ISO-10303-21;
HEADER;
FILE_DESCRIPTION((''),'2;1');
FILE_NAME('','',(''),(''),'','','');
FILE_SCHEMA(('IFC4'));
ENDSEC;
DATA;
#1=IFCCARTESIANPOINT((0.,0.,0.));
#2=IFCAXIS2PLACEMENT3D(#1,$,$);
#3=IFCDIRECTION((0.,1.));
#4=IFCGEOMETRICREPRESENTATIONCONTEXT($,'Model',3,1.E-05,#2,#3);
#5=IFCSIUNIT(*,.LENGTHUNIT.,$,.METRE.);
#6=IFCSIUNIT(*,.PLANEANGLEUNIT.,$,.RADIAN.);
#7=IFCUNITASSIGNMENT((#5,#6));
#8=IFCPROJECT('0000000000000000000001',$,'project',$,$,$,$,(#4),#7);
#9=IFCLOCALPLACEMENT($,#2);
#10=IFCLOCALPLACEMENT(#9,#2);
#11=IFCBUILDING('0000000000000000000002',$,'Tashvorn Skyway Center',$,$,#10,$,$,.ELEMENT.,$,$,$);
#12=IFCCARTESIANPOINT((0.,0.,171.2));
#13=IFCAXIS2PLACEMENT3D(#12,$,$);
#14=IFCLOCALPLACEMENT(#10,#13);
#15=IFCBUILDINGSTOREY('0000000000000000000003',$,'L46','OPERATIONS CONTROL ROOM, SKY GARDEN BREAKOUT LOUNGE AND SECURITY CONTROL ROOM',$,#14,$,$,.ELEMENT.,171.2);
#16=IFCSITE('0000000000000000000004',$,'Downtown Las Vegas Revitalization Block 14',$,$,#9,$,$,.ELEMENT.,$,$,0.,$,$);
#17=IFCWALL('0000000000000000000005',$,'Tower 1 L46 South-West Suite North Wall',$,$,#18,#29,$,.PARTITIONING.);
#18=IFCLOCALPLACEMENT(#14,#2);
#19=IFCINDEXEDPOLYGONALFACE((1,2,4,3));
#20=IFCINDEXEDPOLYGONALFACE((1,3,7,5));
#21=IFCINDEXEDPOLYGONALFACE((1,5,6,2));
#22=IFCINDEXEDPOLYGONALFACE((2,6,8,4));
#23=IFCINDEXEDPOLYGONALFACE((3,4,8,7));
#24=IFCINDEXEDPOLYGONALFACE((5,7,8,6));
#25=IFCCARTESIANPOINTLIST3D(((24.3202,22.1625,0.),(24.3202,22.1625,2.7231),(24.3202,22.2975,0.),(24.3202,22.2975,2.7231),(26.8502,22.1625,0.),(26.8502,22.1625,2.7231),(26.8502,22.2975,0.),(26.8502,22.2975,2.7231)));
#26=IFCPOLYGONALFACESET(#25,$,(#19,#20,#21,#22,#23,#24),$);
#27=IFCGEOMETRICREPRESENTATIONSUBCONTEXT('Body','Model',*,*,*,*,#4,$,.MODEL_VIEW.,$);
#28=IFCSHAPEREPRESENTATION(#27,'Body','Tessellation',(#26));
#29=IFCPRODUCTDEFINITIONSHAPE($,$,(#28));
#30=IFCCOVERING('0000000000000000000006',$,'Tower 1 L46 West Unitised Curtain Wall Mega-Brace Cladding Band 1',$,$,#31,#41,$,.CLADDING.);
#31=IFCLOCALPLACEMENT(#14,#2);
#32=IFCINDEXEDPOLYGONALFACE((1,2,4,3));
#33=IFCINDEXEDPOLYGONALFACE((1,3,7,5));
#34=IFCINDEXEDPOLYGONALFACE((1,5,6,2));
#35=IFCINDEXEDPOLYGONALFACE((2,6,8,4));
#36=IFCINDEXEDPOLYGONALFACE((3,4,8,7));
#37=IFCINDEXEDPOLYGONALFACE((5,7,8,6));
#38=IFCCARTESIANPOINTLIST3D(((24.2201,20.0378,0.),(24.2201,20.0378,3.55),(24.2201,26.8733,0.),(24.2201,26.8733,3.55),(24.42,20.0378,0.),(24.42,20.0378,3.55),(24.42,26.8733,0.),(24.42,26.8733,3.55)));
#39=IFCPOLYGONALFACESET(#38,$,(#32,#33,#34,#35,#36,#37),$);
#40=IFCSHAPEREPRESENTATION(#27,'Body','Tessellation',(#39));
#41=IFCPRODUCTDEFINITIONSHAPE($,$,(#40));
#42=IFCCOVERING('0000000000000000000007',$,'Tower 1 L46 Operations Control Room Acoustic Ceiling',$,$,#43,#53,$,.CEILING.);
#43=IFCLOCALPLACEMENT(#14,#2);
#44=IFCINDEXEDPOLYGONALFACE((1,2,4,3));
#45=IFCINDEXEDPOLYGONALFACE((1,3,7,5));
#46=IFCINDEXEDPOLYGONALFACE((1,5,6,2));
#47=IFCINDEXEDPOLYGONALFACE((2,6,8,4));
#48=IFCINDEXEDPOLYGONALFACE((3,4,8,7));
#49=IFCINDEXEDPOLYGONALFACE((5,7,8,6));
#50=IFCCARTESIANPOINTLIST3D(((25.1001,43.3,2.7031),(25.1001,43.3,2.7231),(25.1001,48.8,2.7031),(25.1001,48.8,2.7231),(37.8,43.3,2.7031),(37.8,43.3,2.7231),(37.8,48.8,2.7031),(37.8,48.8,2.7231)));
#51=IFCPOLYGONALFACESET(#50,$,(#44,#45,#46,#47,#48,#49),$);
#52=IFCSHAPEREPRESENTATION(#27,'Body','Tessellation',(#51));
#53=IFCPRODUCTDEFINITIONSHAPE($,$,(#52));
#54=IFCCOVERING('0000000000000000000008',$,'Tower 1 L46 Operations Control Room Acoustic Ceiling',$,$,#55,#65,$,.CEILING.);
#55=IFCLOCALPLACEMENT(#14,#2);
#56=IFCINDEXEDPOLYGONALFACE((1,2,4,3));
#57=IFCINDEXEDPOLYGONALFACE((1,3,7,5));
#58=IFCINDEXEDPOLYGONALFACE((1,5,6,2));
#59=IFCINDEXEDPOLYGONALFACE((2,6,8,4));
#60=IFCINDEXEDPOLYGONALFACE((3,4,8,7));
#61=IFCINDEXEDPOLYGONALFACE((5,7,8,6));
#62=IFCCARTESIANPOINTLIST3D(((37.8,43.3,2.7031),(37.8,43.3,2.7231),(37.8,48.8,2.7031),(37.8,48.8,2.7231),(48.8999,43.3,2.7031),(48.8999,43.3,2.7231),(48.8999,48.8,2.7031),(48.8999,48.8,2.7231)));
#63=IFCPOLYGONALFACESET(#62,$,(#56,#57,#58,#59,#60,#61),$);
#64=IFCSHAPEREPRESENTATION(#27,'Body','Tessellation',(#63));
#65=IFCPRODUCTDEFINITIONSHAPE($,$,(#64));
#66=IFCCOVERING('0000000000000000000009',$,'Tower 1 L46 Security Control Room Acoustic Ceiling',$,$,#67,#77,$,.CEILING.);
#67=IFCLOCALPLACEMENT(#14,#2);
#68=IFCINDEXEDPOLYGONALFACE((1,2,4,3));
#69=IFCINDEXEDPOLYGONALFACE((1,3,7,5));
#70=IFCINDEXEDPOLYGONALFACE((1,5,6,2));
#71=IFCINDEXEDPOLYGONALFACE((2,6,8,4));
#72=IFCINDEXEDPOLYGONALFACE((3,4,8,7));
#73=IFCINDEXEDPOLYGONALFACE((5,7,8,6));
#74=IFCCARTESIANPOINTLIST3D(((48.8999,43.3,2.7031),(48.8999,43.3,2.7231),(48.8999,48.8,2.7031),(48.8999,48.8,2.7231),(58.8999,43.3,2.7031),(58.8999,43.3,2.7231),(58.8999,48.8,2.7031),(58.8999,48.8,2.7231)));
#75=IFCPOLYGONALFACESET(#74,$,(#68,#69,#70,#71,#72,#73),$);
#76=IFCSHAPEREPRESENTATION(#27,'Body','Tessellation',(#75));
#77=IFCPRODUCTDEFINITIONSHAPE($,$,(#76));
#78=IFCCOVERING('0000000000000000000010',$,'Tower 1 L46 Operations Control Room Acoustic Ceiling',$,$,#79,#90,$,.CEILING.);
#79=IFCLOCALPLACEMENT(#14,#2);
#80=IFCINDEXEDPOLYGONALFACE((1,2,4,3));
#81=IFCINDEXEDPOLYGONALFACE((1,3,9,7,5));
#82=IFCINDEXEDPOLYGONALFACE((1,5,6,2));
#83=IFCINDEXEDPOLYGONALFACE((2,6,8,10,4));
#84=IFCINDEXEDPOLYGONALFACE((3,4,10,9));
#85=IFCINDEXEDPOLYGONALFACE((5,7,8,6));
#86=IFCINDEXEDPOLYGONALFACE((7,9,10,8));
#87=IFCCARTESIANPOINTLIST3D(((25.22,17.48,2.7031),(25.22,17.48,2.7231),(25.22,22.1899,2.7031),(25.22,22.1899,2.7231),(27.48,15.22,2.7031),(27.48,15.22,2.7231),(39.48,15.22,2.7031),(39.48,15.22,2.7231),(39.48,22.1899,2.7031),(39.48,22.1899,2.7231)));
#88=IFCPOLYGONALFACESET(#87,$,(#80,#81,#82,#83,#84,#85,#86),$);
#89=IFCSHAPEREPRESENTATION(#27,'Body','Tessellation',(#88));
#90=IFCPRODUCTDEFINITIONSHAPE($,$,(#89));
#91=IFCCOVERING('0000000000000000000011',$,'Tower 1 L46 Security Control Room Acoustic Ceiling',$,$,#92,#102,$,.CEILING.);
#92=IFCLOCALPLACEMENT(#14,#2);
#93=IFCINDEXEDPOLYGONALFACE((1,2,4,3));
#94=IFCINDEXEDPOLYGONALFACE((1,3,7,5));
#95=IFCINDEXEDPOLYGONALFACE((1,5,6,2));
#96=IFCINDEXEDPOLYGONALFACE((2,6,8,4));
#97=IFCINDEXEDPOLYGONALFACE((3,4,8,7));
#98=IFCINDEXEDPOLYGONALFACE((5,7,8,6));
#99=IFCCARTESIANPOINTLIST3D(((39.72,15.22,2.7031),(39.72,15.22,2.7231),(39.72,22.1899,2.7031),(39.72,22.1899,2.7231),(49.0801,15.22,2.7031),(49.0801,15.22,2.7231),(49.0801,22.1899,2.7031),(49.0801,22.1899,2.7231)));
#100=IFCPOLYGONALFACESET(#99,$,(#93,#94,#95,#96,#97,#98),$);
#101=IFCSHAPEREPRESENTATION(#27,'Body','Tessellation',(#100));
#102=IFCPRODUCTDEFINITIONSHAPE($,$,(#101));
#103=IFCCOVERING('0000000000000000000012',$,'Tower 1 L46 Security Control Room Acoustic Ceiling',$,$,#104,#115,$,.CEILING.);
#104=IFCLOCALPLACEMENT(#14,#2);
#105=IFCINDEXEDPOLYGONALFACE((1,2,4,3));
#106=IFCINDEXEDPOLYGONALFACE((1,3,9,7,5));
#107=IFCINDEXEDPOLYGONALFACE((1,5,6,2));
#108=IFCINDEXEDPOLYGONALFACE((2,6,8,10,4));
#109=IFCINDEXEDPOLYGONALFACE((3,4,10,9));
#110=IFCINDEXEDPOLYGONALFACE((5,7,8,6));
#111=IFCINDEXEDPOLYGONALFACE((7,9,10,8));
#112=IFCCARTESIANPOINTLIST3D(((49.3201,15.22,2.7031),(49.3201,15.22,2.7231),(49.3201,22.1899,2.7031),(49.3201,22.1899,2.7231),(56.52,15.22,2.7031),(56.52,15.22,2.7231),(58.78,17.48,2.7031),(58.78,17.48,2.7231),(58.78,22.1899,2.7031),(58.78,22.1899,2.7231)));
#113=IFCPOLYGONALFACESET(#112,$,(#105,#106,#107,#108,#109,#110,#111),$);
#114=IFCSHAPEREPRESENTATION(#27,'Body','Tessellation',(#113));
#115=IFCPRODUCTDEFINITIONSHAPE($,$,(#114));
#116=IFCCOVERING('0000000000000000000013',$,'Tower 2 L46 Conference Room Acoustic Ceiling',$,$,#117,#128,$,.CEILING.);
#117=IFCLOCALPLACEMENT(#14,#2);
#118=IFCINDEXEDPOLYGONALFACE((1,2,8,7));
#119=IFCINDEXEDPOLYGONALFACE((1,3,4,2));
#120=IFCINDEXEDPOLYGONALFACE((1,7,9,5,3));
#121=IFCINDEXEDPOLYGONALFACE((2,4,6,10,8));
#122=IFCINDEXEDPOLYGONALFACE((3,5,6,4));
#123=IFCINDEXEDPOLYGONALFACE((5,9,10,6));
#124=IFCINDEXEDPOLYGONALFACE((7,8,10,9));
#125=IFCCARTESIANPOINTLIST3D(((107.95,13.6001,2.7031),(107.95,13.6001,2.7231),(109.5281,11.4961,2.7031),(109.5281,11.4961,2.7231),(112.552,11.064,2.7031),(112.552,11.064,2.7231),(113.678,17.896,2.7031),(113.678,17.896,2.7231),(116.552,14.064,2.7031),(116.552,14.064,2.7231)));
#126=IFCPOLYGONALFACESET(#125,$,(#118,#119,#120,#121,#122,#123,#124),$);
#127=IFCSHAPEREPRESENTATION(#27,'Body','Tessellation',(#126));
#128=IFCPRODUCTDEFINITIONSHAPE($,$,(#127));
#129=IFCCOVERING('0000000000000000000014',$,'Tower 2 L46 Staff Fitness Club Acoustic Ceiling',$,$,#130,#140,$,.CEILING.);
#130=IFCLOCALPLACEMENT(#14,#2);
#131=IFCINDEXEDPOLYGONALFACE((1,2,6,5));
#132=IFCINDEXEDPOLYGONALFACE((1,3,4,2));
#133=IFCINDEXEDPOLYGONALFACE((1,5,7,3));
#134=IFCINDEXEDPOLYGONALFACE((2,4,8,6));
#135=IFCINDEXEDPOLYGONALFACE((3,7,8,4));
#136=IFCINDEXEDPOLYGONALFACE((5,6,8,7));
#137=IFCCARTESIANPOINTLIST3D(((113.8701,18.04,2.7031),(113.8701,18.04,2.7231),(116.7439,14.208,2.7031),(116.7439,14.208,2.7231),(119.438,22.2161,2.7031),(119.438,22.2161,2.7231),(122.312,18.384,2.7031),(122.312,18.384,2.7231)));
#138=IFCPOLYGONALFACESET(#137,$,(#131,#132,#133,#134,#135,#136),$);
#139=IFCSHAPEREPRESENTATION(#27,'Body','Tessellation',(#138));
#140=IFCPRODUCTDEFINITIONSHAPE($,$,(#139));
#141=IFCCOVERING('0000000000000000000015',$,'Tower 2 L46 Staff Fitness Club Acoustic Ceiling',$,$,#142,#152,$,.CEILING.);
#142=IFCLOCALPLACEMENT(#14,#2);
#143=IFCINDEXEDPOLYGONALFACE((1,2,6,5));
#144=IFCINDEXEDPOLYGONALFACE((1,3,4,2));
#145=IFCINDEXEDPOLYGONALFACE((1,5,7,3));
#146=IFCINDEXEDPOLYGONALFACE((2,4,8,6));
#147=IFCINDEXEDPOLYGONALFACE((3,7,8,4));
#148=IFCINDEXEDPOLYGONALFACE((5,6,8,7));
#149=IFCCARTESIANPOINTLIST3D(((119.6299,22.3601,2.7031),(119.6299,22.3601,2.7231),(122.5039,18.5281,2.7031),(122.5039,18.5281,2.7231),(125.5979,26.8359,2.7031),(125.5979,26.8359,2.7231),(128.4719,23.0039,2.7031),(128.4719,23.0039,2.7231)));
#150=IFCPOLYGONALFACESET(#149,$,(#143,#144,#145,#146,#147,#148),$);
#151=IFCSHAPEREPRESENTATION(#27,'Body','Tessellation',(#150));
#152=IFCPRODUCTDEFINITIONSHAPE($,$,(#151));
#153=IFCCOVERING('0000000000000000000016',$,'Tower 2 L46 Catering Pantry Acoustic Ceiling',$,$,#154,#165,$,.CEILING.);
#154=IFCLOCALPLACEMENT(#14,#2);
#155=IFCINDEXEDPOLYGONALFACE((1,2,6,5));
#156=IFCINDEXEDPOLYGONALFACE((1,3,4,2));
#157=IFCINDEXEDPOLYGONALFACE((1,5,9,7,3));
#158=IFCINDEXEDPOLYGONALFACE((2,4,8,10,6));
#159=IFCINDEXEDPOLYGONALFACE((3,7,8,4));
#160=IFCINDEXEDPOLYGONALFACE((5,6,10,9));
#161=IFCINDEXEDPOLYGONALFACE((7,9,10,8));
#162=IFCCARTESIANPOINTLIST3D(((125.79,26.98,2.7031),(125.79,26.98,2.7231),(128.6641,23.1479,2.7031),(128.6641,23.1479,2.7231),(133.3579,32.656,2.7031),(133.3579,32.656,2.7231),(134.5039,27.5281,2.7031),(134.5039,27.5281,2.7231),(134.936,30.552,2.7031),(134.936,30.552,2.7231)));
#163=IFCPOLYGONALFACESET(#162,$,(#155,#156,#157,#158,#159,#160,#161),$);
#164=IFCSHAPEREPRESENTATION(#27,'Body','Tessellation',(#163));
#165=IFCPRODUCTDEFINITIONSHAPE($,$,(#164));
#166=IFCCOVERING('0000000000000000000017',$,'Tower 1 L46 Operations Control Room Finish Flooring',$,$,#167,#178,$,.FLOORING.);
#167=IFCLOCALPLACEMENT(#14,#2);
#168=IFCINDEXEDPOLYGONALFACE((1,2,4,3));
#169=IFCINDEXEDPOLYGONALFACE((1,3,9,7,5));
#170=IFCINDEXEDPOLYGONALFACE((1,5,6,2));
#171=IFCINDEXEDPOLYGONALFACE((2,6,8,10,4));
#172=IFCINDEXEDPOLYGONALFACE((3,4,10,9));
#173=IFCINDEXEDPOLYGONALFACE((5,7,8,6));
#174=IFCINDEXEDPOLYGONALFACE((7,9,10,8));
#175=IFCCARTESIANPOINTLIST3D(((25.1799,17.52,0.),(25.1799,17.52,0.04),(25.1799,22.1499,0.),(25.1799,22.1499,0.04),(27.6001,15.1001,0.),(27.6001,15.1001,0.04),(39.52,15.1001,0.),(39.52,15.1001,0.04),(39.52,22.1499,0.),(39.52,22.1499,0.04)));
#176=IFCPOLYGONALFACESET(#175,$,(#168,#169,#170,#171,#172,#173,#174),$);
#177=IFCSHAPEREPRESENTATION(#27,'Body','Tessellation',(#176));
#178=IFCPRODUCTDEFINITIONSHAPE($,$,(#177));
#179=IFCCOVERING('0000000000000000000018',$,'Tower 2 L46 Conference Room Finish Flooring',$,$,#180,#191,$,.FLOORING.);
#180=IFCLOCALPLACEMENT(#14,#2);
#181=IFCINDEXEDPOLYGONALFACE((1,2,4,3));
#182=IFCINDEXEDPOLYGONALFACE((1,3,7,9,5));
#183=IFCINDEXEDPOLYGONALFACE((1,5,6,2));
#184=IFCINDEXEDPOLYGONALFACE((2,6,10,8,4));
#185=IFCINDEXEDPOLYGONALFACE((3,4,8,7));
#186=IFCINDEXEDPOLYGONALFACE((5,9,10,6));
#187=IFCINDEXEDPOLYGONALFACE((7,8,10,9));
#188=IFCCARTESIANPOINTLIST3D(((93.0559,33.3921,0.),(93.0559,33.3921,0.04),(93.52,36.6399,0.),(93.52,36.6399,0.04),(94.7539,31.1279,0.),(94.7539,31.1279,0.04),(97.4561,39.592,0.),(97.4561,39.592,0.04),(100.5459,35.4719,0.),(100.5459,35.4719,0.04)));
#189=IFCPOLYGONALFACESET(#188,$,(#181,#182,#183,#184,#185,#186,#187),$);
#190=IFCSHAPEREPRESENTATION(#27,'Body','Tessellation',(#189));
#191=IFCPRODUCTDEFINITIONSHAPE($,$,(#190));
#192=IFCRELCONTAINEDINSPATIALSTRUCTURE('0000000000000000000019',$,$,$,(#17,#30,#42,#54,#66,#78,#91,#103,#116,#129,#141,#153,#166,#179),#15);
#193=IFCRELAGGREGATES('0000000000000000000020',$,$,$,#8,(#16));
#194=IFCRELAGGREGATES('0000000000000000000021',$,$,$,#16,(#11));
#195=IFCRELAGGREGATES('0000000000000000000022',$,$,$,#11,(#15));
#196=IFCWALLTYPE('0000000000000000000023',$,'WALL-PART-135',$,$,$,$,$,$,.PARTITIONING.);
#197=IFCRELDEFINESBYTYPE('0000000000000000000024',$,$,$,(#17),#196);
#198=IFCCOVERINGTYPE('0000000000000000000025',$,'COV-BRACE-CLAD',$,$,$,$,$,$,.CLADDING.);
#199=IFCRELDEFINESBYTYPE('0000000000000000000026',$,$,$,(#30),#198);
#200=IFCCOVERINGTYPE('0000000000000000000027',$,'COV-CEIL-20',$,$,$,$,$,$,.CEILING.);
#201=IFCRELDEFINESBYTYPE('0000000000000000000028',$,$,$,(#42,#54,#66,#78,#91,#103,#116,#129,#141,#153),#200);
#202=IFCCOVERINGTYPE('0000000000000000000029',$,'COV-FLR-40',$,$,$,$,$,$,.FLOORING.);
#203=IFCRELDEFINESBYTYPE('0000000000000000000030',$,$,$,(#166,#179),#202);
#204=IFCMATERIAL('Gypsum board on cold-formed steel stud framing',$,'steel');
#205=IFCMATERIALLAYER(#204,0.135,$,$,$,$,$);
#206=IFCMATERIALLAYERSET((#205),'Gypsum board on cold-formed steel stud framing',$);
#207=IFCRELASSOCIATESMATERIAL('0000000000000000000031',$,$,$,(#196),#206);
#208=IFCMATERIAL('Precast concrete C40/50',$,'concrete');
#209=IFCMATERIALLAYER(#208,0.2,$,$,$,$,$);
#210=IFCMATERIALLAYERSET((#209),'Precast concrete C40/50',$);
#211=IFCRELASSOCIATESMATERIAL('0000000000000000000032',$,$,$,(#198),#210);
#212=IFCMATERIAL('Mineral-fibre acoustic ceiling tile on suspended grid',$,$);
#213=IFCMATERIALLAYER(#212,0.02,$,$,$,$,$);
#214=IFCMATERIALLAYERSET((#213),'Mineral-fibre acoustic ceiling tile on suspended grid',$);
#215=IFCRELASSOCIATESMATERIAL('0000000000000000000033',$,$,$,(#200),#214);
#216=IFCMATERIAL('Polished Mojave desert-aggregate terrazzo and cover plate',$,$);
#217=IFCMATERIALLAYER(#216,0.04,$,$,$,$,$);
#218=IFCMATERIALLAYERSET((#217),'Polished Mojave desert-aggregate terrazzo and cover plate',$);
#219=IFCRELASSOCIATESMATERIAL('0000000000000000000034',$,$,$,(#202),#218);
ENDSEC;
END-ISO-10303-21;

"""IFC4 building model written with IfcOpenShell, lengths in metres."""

from ifc_helpers import new_model, si_unit, direction, frame, frame_2d, origin, origin_2d, place, context, subcontext, project, spatial, polyline, rectangle, outline, extrude, material, layer, layer_set, type_object, element, save


model = new_model("IFC4")

# Units and contexts
model_context = context("Model", 3, precision=1e-05, world=origin(), true_north=direction((0.0, 1.0)))
body_context = subcontext(model_context, "Body", "Model", "MODEL_VIEW")
ifc_project = project(units=[si_unit("LENGTHUNIT", "METRE"), si_unit("PLANEANGLEUNIT", "RADIAN")], contexts=[model_context])

# Site, building, storey
site_placement = place(None, origin())
site = spatial("IfcSite", under=ifc_project, at=site_placement, Name="Downtown Las Vegas Revitalization Block 14", CompositionType="ELEMENT", RefElevation=0.0)
building_placement = place(site_placement, origin())
building = spatial("IfcBuilding", under=site, at=building_placement, Name="Tashvorn Skyway Center", CompositionType="ELEMENT")
storey_placement = place(building_placement, frame((0.0, 0.0, 171.2)))
storey = spatial("IfcBuildingStorey", under=building, at=storey_placement, Name="L46", Description="OPERATIONS CONTROL ROOM, SKY GARDEN BREAKOUT LOUNGE AND SECURITY CONTROL ROOM", CompositionType="ELEMENT", Elevation=171.2)

# Wall
ifc_material_1 = material(Name="Gypsum board on cold-formed steel stud framing", Category="steel")
ifc_layer_1 = layer(ifc_material_1, 0.135)
ifc_layer_set_1 = layer_set([ifc_layer_1], Name="Gypsum board on cold-formed steel stud framing")
wall_type = type_object("IfcWallType", Name="WALL-PART-135", PredefinedType="PARTITIONING", material=ifc_layer_set_1)
wall_placement = place(storey_placement, frame((24.3201, 22.23, 0.0), z_axis=(0.0, 0.0, 1.0), x_axis=(1.0, 0.0, 0.0)))
element("IfcWall", 1, at=wall_placement, inside=storey, type_object=wall_type, Name="Tower 1 L46 South-West Suite North Wall", PredefinedType="PARTITIONING", context=body_context, shape_type="SweptSolid", body=[
    extrude(rectangle(XDim=2.53, YDim=0.135, at=frame_2d((1.2651, 0.0))), origin(), (0.0, 0.0, 1.0), 2.7231),
])

# Coverings
ifc_material_2 = material(Name="Precast concrete C40/50", Category="concrete")
ifc_layer_2 = layer(ifc_material_2, 0.2)
ifc_layer_set_2 = layer_set([ifc_layer_2], Name="Precast concrete C40/50")
covering_type_1 = type_object("IfcCoveringType", Name="COV-BRACE-CLAD", PredefinedType="CLADDING", material=ifc_layer_set_2)
covering_1_placement = place(storey_placement, frame((24.3201, 23.4556, 0.0), z_axis=(0.0, 0.0, 1.0), x_axis=(0.0, 1.0, 0.0)))
element("IfcCovering", 2, at=covering_1_placement, inside=storey, type_object=covering_type_1, Name="Tower 1 L46 West Unitised Curtain Wall Mega-Brace Cladding Band 1", PredefinedType="CLADDING", context=body_context, shape_type="SweptSolid", body=[
    extrude(rectangle(XDim=6.8354, YDim=0.2, at=origin_2d()), origin(), (0.0, 0.0, 1.0), 3.55),
])
ifc_material_3 = material(Name="Mineral-fibre acoustic ceiling tile on suspended grid")
ifc_layer_3 = layer(ifc_material_3, 0.02)
ifc_layer_set_3 = layer_set([ifc_layer_3], Name="Mineral-fibre acoustic ceiling tile on suspended grid")
covering_type_2 = type_object("IfcCoveringType", Name="COV-CEIL-20", PredefinedType="CEILING", material=ifc_layer_set_3)
covering_2_placement = place(storey_placement, frame((0.0, 0.0, 2.7031)))
element("IfcCovering", 3, at=covering_2_placement, inside=storey, type_object=covering_type_2, Name="Tower 1 L46 Operations Control Room Acoustic Ceiling", PredefinedType="CEILING", context=body_context, shape_type="SweptSolid", body=[
    extrude(outline(polyline([(25.1001, 43.3), (37.8, 43.3), (37.8, 48.8), (25.1001, 48.8), (25.1001, 43.3)])), origin(), (0.0, 0.0, 1.0), 0.02),
])
covering_3_placement = place(storey_placement, frame((0.0, 0.0, 2.7031)))
element("IfcCovering", 4, at=covering_3_placement, inside=storey, type_object=covering_type_2, Name="Tower 1 L46 Operations Control Room Acoustic Ceiling", PredefinedType="CEILING", context=body_context, shape_type="SweptSolid", body=[
    extrude(outline(polyline([(37.8, 43.3), (48.8999, 43.3), (48.8999, 48.8), (37.8, 48.8), (37.8, 43.3)])), origin(), (0.0, 0.0, 1.0), 0.02),
])
covering_4_placement = place(storey_placement, frame((0.0, 0.0, 2.7031)))
element("IfcCovering", 5, at=covering_4_placement, inside=storey, type_object=covering_type_2, Name="Tower 1 L46 Security Control Room Acoustic Ceiling", PredefinedType="CEILING", context=body_context, shape_type="SweptSolid", body=[
    extrude(outline(polyline([(48.8999, 43.3), (58.8999, 43.3), (58.8999, 48.8), (48.8999, 48.8), (48.8999, 43.3)])), origin(), (0.0, 0.0, 1.0), 0.02),
])
covering_5_placement = place(storey_placement, frame((0.0, 0.0, 2.7031)))
element("IfcCovering", 6, at=covering_5_placement, inside=storey, type_object=covering_type_2, Name="Tower 1 L46 Operations Control Room Acoustic Ceiling", PredefinedType="CEILING", context=body_context, shape_type="SweptSolid", body=[
    extrude(outline(polyline([(25.22, 22.1899), (39.48, 22.1899), (39.48, 15.22), (27.48, 15.22), (25.22, 17.48), (25.22, 22.1899)])), origin(), (0.0, 0.0, 1.0), 0.02),
])
covering_6_placement = place(storey_placement, frame((0.0, 0.0, 2.7031)))
element("IfcCovering", 7, at=covering_6_placement, inside=storey, type_object=covering_type_2, Name="Tower 1 L46 Security Control Room Acoustic Ceiling", PredefinedType="CEILING", context=body_context, shape_type="SweptSolid", body=[
    extrude(outline(polyline([(39.72, 22.1899), (49.0801, 22.1899), (49.0801, 15.22), (39.72, 15.22), (39.72, 22.1899)])), origin(), (0.0, 0.0, 1.0), 0.02),
])
covering_7_placement = place(storey_placement, frame((0.0, 0.0, 2.7031)))
element("IfcCovering", 8, at=covering_7_placement, inside=storey, type_object=covering_type_2, Name="Tower 1 L46 Security Control Room Acoustic Ceiling", PredefinedType="CEILING", context=body_context, shape_type="SweptSolid", body=[
    extrude(outline(polyline([(49.3201, 15.22), (49.3201, 22.1899), (58.78, 22.1899), (58.78, 17.48), (56.52, 15.22), (49.3201, 15.22)])), origin(), (0.0, 0.0, 1.0), 0.02),
])
covering_8_placement = place(storey_placement, frame((0.0, 0.0, 2.7031)))
element("IfcCovering", 9, at=covering_8_placement, inside=storey, type_object=covering_type_2, Name="Tower 2 L46 Conference Room Acoustic Ceiling", PredefinedType="CEILING", context=body_context, shape_type="SweptSolid", body=[
    extrude(outline(polyline([(107.95, 13.6001), (113.678, 17.896), (116.552, 14.064), (112.552, 11.064), (109.5281, 11.4961), (107.95, 13.6001)])), origin(), (0.0, 0.0, 1.0), 0.02),
])
covering_9_placement = place(storey_placement, frame((0.0, 0.0, 2.7031)))
element("IfcCovering", 10, at=covering_9_placement, inside=storey, type_object=covering_type_2, Name="Tower 2 L46 Staff Fitness Club Acoustic Ceiling", PredefinedType="CEILING", context=body_context, shape_type="SweptSolid", body=[
    extrude(outline(polyline([(113.8701, 18.04), (119.438, 22.2161), (122.312, 18.384), (116.7439, 14.208), (113.8701, 18.04)])), origin(), (0.0, 0.0, 1.0), 0.02),
])
covering_10_placement = place(storey_placement, frame((0.0, 0.0, 2.7031)))
element("IfcCovering", 11, at=covering_10_placement, inside=storey, type_object=covering_type_2, Name="Tower 2 L46 Staff Fitness Club Acoustic Ceiling", PredefinedType="CEILING", context=body_context, shape_type="SweptSolid", body=[
    extrude(outline(polyline([(119.6299, 22.3601), (125.5979, 26.8359), (128.4719, 23.0039), (122.5039, 18.5281), (119.6299, 22.3601)])), origin(), (0.0, 0.0, 1.0), 0.02),
])
covering_11_placement = place(storey_placement, frame((0.0, 0.0, 2.7031)))
element("IfcCovering", 12, at=covering_11_placement, inside=storey, type_object=covering_type_2, Name="Tower 2 L46 Catering Pantry Acoustic Ceiling", PredefinedType="CEILING", context=body_context, shape_type="SweptSolid", body=[
    extrude(outline(polyline([(128.6641, 23.1479), (125.79, 26.98), (133.3579, 32.656), (134.936, 30.552), (134.5039, 27.5281), (128.6641, 23.1479)])), origin(), (0.0, 0.0, 1.0), 0.02),
])
ifc_material_4 = material(Name="Polished Mojave desert-aggregate terrazzo and cover plate")
ifc_layer_4 = layer(ifc_material_4, 0.04)
ifc_layer_set_4 = layer_set([ifc_layer_4], Name="Polished Mojave desert-aggregate terrazzo and cover plate")
covering_type_3 = type_object("IfcCoveringType", Name="COV-FLR-40", PredefinedType="FLOORING", material=ifc_layer_set_4)
covering_12_placement = place(storey_placement, origin())
element("IfcCovering", 13, at=covering_12_placement, inside=storey, type_object=covering_type_3, Name="Tower 1 L46 Operations Control Room Finish Flooring", PredefinedType="FLOORING", context=body_context, shape_type="SweptSolid", body=[
    extrude(outline(polyline([(27.6001, 15.1001), (25.1799, 17.52), (25.1799, 22.1499), (39.52, 22.1499), (39.52, 15.1001), (27.6001, 15.1001)])), origin(), (0.0, 0.0, 1.0), 0.04),
])
covering_13_placement = place(storey_placement, origin())
element("IfcCovering", 14, at=covering_13_placement, inside=storey, type_object=covering_type_3, Name="Tower 2 L46 Conference Room Finish Flooring", PredefinedType="FLOORING", context=body_context, shape_type="SweptSolid", body=[
    extrude(outline(polyline([(100.5459, 35.4719), (94.7539, 31.1279), (93.0559, 33.3921), (93.52, 36.6399), (97.4561, 39.592), (100.5459, 35.4719)])), origin(), (0.0, 0.0, 1.0), 0.04),
])

save(model, "model.ifc")
